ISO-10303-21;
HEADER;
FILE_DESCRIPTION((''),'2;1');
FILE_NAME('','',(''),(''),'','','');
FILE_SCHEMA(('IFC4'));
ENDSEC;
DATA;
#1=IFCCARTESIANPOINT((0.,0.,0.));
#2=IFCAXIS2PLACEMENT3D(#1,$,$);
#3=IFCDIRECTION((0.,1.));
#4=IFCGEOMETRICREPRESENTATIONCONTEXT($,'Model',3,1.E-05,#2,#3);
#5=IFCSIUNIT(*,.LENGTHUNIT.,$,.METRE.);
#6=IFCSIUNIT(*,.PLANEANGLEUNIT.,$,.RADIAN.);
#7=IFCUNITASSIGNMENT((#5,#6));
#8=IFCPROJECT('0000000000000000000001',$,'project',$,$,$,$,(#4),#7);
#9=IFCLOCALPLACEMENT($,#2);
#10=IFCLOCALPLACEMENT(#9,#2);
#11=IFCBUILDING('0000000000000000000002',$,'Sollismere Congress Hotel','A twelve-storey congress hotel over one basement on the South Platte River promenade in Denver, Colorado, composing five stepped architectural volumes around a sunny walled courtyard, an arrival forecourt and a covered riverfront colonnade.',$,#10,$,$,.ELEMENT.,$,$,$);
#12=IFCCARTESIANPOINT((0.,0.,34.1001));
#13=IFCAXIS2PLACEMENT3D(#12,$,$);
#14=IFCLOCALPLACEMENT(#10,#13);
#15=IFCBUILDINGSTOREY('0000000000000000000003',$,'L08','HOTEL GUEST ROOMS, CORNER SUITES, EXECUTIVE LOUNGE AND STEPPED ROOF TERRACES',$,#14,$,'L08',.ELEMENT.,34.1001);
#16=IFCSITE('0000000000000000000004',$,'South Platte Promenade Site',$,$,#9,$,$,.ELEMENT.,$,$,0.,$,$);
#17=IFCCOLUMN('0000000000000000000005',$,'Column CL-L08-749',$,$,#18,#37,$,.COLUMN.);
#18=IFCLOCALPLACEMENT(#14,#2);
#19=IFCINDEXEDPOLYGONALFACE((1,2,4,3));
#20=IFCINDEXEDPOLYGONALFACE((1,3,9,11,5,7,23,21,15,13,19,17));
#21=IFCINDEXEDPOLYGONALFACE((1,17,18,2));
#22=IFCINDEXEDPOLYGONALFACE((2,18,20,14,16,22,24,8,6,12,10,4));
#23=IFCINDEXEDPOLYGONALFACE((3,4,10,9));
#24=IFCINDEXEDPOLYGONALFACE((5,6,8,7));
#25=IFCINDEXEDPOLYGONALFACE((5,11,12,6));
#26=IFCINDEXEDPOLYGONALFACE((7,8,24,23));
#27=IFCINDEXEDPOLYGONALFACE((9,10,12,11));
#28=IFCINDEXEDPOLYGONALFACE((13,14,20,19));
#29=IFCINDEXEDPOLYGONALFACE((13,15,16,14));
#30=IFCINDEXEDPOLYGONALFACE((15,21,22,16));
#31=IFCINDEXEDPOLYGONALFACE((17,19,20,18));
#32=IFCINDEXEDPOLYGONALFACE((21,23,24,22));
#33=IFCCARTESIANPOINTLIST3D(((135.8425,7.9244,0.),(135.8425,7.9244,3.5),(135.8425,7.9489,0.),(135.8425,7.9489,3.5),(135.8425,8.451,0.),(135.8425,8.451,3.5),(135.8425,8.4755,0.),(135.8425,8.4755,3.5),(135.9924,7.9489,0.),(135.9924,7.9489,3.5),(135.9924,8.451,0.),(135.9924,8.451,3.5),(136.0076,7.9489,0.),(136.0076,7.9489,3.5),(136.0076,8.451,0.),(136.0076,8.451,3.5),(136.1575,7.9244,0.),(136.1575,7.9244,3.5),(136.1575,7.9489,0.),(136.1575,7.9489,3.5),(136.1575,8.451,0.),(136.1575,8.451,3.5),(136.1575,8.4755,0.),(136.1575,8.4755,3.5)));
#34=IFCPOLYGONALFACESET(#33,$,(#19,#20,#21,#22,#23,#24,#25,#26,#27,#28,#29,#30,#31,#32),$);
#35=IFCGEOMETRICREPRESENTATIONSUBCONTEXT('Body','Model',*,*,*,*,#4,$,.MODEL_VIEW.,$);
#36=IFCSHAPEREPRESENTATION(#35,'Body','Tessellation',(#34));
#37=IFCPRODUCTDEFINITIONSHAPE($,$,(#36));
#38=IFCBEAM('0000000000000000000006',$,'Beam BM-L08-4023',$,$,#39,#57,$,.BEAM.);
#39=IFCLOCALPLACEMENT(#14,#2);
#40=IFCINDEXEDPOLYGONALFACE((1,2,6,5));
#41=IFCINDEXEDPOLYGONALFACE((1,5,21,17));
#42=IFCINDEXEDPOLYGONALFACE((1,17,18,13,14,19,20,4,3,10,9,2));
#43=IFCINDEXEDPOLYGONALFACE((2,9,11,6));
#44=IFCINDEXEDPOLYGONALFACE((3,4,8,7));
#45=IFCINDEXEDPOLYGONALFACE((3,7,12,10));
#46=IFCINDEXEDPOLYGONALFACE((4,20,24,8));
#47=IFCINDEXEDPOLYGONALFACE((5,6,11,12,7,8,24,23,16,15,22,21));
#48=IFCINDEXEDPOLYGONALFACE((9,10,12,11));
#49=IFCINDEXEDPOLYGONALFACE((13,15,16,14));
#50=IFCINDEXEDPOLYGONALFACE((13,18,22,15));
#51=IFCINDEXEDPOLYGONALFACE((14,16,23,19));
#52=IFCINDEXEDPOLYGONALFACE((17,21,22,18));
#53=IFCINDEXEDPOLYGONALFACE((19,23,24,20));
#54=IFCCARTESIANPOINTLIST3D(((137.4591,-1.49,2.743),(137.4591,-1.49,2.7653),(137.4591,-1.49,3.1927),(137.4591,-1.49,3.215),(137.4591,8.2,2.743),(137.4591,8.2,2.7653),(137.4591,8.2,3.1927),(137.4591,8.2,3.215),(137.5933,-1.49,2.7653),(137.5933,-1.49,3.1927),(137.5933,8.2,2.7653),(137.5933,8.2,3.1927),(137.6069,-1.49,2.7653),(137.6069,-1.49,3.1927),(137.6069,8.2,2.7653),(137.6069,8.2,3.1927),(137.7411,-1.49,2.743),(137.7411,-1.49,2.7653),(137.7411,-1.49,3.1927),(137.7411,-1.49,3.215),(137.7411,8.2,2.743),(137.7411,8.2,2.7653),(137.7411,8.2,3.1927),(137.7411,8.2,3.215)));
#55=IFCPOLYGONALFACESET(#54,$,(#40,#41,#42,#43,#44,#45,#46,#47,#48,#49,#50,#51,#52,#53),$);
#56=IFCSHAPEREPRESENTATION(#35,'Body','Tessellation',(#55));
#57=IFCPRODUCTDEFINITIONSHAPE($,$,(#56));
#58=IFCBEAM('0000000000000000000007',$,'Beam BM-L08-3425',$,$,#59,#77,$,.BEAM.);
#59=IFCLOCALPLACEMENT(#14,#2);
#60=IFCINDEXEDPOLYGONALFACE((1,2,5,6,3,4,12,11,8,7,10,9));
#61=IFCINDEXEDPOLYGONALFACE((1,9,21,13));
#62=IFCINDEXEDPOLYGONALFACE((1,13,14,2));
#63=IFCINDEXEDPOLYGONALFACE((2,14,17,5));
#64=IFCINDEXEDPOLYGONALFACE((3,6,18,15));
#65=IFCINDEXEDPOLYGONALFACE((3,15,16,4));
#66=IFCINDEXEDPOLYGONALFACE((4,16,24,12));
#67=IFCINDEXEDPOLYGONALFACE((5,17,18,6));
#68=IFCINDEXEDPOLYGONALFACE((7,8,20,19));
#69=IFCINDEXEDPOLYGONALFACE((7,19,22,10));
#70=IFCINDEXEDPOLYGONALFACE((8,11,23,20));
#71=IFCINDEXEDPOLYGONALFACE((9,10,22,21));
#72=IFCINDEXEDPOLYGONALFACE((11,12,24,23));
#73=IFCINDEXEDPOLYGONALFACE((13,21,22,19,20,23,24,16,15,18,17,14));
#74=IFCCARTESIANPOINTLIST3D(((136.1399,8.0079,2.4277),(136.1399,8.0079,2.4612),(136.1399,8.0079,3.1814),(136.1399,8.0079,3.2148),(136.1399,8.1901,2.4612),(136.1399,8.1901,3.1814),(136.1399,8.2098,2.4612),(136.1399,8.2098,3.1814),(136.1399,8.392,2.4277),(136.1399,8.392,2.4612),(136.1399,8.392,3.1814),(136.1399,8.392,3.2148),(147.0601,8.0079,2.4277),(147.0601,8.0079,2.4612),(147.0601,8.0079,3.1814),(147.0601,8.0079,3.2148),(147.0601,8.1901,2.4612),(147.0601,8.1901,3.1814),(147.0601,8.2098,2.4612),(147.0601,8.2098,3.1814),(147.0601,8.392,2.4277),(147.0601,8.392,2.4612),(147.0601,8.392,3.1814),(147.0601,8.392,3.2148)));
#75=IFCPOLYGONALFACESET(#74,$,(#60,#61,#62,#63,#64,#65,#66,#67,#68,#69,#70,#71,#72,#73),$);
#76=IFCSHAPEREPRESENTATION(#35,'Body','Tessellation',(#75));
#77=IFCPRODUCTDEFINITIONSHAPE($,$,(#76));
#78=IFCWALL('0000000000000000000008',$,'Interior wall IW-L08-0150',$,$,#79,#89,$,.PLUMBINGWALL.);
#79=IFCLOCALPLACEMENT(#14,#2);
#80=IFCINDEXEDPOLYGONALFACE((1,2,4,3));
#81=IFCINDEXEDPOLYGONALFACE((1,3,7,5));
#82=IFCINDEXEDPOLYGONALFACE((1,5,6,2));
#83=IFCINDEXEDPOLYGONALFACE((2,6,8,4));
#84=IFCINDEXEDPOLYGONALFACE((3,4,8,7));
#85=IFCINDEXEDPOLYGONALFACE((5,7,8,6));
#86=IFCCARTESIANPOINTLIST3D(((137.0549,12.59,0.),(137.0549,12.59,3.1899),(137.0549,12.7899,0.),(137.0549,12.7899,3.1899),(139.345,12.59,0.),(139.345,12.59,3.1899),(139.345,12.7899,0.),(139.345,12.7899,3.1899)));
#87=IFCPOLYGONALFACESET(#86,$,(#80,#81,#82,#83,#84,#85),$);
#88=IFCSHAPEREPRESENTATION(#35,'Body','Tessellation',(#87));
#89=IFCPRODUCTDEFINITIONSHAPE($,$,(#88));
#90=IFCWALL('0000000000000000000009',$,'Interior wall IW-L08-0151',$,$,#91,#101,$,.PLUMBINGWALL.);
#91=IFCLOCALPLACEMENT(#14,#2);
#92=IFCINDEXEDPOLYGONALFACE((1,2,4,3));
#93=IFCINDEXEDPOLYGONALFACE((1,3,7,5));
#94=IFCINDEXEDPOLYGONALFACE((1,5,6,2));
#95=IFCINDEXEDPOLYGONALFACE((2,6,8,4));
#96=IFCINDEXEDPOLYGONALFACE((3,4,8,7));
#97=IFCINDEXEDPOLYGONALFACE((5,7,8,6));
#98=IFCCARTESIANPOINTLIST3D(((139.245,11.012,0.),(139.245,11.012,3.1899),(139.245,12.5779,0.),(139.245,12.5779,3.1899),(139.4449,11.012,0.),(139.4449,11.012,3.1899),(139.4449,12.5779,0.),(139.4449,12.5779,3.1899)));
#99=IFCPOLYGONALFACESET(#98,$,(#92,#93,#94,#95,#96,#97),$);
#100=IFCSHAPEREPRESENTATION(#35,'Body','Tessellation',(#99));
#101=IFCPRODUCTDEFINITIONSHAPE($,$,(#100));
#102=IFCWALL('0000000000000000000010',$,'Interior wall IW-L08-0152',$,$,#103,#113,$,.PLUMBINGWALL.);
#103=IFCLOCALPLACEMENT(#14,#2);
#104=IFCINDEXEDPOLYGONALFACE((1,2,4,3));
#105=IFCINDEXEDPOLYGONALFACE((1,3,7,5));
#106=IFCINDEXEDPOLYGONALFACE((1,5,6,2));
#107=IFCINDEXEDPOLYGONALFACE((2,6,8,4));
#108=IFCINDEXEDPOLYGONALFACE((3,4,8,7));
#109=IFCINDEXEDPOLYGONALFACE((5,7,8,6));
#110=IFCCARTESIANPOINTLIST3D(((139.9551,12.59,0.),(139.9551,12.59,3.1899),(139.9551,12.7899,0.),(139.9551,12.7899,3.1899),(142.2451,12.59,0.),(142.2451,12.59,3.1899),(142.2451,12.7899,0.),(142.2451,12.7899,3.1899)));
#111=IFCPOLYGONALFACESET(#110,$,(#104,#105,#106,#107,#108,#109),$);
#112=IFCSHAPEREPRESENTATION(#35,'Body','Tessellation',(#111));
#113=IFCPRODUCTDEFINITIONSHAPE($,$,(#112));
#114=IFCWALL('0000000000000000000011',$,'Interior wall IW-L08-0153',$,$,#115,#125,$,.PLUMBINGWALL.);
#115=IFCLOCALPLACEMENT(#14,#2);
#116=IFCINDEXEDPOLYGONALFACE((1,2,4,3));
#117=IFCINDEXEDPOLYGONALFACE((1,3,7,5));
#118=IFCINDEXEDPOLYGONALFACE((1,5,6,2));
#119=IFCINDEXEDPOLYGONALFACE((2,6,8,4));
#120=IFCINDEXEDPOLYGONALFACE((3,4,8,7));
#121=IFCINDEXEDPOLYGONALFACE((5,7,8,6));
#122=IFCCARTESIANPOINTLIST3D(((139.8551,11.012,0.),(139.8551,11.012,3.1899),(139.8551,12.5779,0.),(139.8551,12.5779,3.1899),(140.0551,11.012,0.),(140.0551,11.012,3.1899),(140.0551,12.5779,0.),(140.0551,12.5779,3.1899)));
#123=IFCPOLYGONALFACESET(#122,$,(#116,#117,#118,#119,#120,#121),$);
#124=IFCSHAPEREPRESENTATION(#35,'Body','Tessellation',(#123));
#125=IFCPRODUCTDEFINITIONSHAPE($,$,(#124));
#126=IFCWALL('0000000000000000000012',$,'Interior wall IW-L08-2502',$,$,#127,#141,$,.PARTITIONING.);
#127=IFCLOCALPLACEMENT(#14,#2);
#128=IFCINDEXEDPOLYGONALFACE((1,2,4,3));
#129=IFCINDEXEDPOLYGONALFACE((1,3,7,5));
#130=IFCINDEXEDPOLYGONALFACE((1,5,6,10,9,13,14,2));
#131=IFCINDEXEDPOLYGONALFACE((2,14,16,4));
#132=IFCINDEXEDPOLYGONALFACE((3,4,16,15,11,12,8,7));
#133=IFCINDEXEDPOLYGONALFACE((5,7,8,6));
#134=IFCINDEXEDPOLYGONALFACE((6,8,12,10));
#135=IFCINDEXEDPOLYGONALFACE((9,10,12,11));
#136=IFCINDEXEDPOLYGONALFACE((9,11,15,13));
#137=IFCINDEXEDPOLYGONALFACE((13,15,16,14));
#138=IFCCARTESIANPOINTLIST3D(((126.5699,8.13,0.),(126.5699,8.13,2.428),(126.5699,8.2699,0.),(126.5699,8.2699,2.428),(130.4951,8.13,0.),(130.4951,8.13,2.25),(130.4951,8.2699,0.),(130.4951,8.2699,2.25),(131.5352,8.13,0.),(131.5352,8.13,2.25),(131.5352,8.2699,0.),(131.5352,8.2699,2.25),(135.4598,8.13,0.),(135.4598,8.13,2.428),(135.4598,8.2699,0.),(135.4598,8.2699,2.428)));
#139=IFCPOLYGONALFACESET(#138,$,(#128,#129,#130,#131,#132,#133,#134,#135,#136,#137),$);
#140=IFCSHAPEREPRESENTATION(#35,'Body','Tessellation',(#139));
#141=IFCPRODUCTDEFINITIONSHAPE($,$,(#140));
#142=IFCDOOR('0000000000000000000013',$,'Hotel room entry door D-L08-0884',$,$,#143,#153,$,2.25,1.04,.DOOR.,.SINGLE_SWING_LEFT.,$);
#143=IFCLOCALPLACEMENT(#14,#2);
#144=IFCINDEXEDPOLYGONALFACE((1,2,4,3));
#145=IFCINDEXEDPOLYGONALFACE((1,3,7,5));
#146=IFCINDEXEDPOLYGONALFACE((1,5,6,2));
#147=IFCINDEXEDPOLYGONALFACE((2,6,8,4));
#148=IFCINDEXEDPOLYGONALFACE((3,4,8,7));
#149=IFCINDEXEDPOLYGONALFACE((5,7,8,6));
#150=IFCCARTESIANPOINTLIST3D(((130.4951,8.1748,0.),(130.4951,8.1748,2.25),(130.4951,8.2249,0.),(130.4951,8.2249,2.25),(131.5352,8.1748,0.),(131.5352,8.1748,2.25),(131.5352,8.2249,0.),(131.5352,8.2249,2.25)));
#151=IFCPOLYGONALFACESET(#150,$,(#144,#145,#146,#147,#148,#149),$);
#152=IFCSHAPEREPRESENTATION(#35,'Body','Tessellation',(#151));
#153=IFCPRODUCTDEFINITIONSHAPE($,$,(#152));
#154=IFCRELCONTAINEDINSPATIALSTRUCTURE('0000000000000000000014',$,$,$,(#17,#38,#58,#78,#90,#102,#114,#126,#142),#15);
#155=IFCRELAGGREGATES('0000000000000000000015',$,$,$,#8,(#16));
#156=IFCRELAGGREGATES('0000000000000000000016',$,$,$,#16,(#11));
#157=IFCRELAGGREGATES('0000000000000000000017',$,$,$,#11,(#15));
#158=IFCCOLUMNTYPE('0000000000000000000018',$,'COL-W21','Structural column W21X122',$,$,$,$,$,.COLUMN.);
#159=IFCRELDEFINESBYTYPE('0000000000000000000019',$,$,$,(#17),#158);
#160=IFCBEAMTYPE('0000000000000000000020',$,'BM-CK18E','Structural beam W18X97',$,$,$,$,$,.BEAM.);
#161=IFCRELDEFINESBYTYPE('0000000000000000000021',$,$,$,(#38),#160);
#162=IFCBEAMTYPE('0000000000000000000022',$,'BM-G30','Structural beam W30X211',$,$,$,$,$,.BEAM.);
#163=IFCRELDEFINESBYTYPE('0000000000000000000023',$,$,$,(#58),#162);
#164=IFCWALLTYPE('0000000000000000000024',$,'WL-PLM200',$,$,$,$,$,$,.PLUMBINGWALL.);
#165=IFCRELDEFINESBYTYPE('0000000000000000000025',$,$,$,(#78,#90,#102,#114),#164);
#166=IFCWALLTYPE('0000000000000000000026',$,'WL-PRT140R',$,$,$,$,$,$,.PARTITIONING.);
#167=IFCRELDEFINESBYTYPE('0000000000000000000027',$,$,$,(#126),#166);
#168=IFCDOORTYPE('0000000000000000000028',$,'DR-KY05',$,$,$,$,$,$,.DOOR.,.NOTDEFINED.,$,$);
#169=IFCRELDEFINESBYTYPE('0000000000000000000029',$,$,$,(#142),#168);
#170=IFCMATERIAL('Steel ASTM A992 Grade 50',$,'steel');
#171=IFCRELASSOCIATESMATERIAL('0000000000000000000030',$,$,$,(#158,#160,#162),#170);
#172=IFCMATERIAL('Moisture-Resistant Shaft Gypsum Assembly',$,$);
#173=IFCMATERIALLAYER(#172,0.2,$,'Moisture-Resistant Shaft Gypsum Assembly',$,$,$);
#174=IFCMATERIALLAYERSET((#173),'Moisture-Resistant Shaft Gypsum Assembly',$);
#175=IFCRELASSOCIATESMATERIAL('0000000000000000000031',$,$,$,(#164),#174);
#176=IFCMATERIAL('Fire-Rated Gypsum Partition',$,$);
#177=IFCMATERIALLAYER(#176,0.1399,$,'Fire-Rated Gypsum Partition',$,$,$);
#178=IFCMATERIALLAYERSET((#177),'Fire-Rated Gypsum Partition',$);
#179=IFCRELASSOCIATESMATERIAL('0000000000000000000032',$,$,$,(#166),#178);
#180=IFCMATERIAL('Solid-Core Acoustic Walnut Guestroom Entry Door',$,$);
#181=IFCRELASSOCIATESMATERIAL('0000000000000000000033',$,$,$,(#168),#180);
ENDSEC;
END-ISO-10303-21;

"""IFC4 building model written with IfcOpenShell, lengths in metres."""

from ifc_helpers import new_model, si_unit, direction, frame, frame_2d, origin, origin_2d, place, context, subcontext, project, spatial, rectangle, i_section, extrude, material, layer, layer_set, material_profile, profile_set, type_object, element, fill, save


model = new_model("IFC4")

# Units and contexts
model_context = context("Model", 3, precision=1e-05, world=origin(), true_north=direction((0.0, 1.0)))
body_context = subcontext(model_context, "Body", "Model", "MODEL_VIEW")
ifc_project = project(units=[si_unit("LENGTHUNIT", "METRE"), si_unit("PLANEANGLEUNIT", "RADIAN")], contexts=[model_context])

# Site, building, storey
site_placement = place(None, origin())
site = spatial("IfcSite", under=ifc_project, at=site_placement, Name="South Platte Promenade Site", CompositionType="ELEMENT", RefElevation=0.0)
building_placement = place(site_placement, origin())
building = spatial("IfcBuilding", under=site, at=building_placement, Name="Sollismere Congress Hotel", Description="A twelve-storey congress hotel over one basement on the South Platte River promenade in Denver, Colorado, composing five stepped architectural volumes around a sunny walled courtyard, an arrival forecourt and a covered riverfront colonnade.", CompositionType="ELEMENT")
storey_placement = place(building_placement, frame((0.0, 0.0, 34.1001)))
storey = spatial("IfcBuildingStorey", under=building, at=storey_placement, Name="L08", Description="HOTEL GUEST ROOMS, CORNER SUITES, EXECUTIVE LOUNGE AND STEPPED ROOF TERRACES", LongName="L08", CompositionType="ELEMENT", Elevation=34.1001)

# Column
ifc_material_1 = material(Name="Steel ASTM A992 Grade 50", Category="steel")
ifc_material_profile_1 = material_profile(ifc_material_1, i_section(OverallWidth=0.3149, OverallDepth=0.551, WebThickness=0.0151, FlangeThickness=0.0244, at=origin_2d()), Name="W21X122")
ifc_profile_set_1 = profile_set([ifc_material_profile_1], Name="Steel ASTM A992 Grade 50")
column_type = type_object("IfcColumnType", Name="COL-W21", Description="Structural column W21X122", PredefinedType="COLUMN", material=ifc_profile_set_1)
column_placement = place(storey_placement, frame((136.0, 8.2, 0.0), z_axis=(0.0, 0.0, 1.0), x_axis=(1.0, 0.0, 0.0)))
element("IfcColumn", 1, at=column_placement, inside=storey, type_object=column_type, Name="Column CL-L08-749", PredefinedType="COLUMN", context=body_context, shape_type="SweptSolid", body=[
    extrude(i_section(OverallWidth=0.3149, OverallDepth=0.551, WebThickness=0.0151, FlangeThickness=0.0244, at=origin_2d()), origin(), (0.0, 0.0, 1.0), 3.5),
])

# Beams
ifc_material_profile_2 = material_profile(ifc_material_1, i_section(OverallWidth=0.282, OverallDepth=0.4719, WebThickness=0.0137, FlangeThickness=0.0222, at=origin_2d()), Name="W18X97")
ifc_profile_set_2 = profile_set([ifc_material_profile_2], Name="Steel ASTM A992 Grade 50")
beam_type_1 = type_object("IfcBeamType", Name="BM-CK18E", Description="Structural beam W18X97", PredefinedType="BEAM", material=ifc_profile_set_2)
beam_1_placement = place(storey_placement, frame((137.6001, 8.2, 2.979), z_axis=(0.0, -1.0, 0.0), x_axis=(1.0, 0.0, 0.0)))
element("IfcBeam", 2, at=beam_1_placement, inside=storey, type_object=beam_type_1, Name="Beam BM-L08-4023", PredefinedType="BEAM", context=body_context, shape_type="SweptSolid", body=[
    extrude(i_section(OverallWidth=0.282, OverallDepth=0.4719, WebThickness=0.0137, FlangeThickness=0.0222, at=origin_2d()), origin(), (0.0, 0.0, 1.0), 9.6899),
])
ifc_material_profile_3 = material_profile(ifc_material_1, i_section(OverallWidth=0.384, OverallDepth=0.7871, WebThickness=0.0198, FlangeThickness=0.0334, at=origin_2d()), Name="W30X211")
ifc_profile_set_3 = profile_set([ifc_material_profile_3], Name="Steel ASTM A992 Grade 50")
beam_type_2 = type_object("IfcBeamType", Name="BM-G30", Description="Structural beam W30X211", PredefinedType="BEAM", material=ifc_profile_set_3)
beam_2_placement = place(storey_placement, frame((136.1399, 8.2, 2.8213), z_axis=(1.0, 0.0, 0.0), x_axis=(0.0, 1.0, 0.0)))
element("IfcBeam", 3, at=beam_2_placement, inside=storey, type_object=beam_type_2, Name="Beam BM-L08-3425", PredefinedType="BEAM", context=body_context, shape_type="SweptSolid", body=[
    extrude(i_section(OverallWidth=0.384, OverallDepth=0.7871, WebThickness=0.0198, FlangeThickness=0.0334, at=origin_2d()), origin(), (0.0, 0.0, 1.0), 10.9202),
])

# Walls
ifc_material_2 = material(Name="Moisture-Resistant Shaft Gypsum Assembly")
ifc_layer_1 = layer(ifc_material_2, 0.2, Name="Moisture-Resistant Shaft Gypsum Assembly")
ifc_layer_set_1 = layer_set([ifc_layer_1], Name="Moisture-Resistant Shaft Gypsum Assembly")
wall_type_1 = type_object("IfcWallType", Name="WL-PLM200", PredefinedType="PLUMBINGWALL", material=ifc_layer_set_1)
wall_1_placement = place(storey_placement, frame((137.0549, 12.6899, 0.0), z_axis=(0.0, 0.0, 1.0), x_axis=(1.0, 0.0, 0.0)))
element("IfcWall", 4, at=wall_1_placement, inside=storey, type_object=wall_type_1, Name="Interior wall IW-L08-0150", PredefinedType="PLUMBINGWALL", context=body_context, shape_type="SweptSolid", body=[
    extrude(rectangle(XDim=2.29, YDim=0.2, at=frame_2d((1.145, 0.0))), origin(), (0.0, 0.0, 1.0), 3.1899),
])
wall_2_placement = place(storey_placement, frame((139.345, 11.012, 0.0), z_axis=(0.0, 0.0, 1.0), x_axis=(0.0, 1.0, 0.0)))
element("IfcWall", 5, at=wall_2_placement, inside=storey, type_object=wall_type_1, Name="Interior wall IW-L08-0151", PredefinedType="PLUMBINGWALL", context=body_context, shape_type="SweptSolid", body=[
    extrude(rectangle(XDim=1.5659, YDim=0.2, at=frame_2d((0.783, 0.0))), origin(), (0.0, 0.0, 1.0), 3.1899),
])
wall_3_placement = place(storey_placement, frame((139.9551, 12.6899, 0.0), z_axis=(0.0, 0.0, 1.0), x_axis=(1.0, 0.0, 0.0)))
element("IfcWall", 6, at=wall_3_placement, inside=storey, type_object=wall_type_1, Name="Interior wall IW-L08-0152", PredefinedType="PLUMBINGWALL", context=body_context, shape_type="SweptSolid", body=[
    extrude(rectangle(XDim=2.29, YDim=0.2, at=frame_2d((1.145, 0.0))), origin(), (0.0, 0.0, 1.0), 3.1899),
])
wall_4_placement = place(storey_placement, frame((139.9551, 11.012, 0.0), z_axis=(0.0, 0.0, 1.0), x_axis=(0.0, 1.0, 0.0)))
element("IfcWall", 7, at=wall_4_placement, inside=storey, type_object=wall_type_1, Name="Interior wall IW-L08-0153", PredefinedType="PLUMBINGWALL", context=body_context, shape_type="SweptSolid", body=[
    extrude(rectangle(XDim=1.5659, YDim=0.2, at=frame_2d((0.783, 0.0))), origin(), (0.0, 0.0, 1.0), 3.1899),
])

# Wall, opening, door
ifc_material_3 = material(Name="Fire-Rated Gypsum Partition")
ifc_layer_2 = layer(ifc_material_3, 0.1399, Name="Fire-Rated Gypsum Partition")
ifc_layer_set_2 = layer_set([ifc_layer_2], Name="Fire-Rated Gypsum Partition")
wall_type_2 = type_object("IfcWallType", Name="WL-PRT140R", PredefinedType="PARTITIONING", material=ifc_layer_set_2)
wall_5_placement = place(storey_placement, frame((126.5701, 8.2, 0.0), z_axis=(0.0, 0.0, 1.0), x_axis=(1.0, 0.0, 0.0)))
wall_5 = element("IfcWall", 8, at=wall_5_placement, inside=storey, type_object=wall_type_2, Name="Interior wall IW-L08-2502", PredefinedType="PARTITIONING", context=body_context, shape_type="SweptSolid", body=[
    extrude(rectangle(XDim=8.8899, YDim=0.1399, at=frame_2d((4.4448, 0.0))), origin(), (0.0, 0.0, 1.0), 2.428),
])
opening_1_placement = place(wall_5_placement, frame((3.925, 0.0, 0.0)))
opening_1 = element("IfcOpeningElement", 9, at=opening_1_placement, cuts=wall_5, PredefinedType="OPENING", context=body_context, shape_type="SweptSolid", body=[
    extrude(rectangle(XDim=1.04, YDim=2.25, at=frame_2d((0.52, 1.125))), frame((0.0, 0.0798, 0.0), z_axis=(0.0, -1.0, 0.0), x_axis=(1.0, 0.0, 0.0)), (0.0, 0.0, 1.0), 0.1599),
])
ifc_material_4 = material(Name="Solid-Core Acoustic Walnut Guestroom Entry Door")
door_type_1 = type_object("IfcDoorType", Name="DR-KY05", OperationType="NOTDEFINED", PredefinedType="DOOR", material=ifc_material_4)
door_1_placement = place(opening_1_placement, origin())
door_1 = element("IfcDoor", 10, at=door_1_placement, inside=storey, type_object=door_type_1, Name="Hotel room entry door D-L08-0884", OperationType="SINGLE_SWING_LEFT", OverallHeight=2.25, OverallWidth=1.04, PredefinedType="DOOR", context=body_context, shape_type="SweptSolid", body=[
    extrude(rectangle(XDim=1.04, YDim=2.25, at=frame_2d((0.52, 1.125))), frame((0.0, 0.0249, 0.0), z_axis=(0.0, -1.0, 0.0), x_axis=(1.0, 0.0, 0.0)), (0.0, 0.0, 1.0), 0.05),
])
fill(opening_1, door_1)

save(model, "model.ifc")
